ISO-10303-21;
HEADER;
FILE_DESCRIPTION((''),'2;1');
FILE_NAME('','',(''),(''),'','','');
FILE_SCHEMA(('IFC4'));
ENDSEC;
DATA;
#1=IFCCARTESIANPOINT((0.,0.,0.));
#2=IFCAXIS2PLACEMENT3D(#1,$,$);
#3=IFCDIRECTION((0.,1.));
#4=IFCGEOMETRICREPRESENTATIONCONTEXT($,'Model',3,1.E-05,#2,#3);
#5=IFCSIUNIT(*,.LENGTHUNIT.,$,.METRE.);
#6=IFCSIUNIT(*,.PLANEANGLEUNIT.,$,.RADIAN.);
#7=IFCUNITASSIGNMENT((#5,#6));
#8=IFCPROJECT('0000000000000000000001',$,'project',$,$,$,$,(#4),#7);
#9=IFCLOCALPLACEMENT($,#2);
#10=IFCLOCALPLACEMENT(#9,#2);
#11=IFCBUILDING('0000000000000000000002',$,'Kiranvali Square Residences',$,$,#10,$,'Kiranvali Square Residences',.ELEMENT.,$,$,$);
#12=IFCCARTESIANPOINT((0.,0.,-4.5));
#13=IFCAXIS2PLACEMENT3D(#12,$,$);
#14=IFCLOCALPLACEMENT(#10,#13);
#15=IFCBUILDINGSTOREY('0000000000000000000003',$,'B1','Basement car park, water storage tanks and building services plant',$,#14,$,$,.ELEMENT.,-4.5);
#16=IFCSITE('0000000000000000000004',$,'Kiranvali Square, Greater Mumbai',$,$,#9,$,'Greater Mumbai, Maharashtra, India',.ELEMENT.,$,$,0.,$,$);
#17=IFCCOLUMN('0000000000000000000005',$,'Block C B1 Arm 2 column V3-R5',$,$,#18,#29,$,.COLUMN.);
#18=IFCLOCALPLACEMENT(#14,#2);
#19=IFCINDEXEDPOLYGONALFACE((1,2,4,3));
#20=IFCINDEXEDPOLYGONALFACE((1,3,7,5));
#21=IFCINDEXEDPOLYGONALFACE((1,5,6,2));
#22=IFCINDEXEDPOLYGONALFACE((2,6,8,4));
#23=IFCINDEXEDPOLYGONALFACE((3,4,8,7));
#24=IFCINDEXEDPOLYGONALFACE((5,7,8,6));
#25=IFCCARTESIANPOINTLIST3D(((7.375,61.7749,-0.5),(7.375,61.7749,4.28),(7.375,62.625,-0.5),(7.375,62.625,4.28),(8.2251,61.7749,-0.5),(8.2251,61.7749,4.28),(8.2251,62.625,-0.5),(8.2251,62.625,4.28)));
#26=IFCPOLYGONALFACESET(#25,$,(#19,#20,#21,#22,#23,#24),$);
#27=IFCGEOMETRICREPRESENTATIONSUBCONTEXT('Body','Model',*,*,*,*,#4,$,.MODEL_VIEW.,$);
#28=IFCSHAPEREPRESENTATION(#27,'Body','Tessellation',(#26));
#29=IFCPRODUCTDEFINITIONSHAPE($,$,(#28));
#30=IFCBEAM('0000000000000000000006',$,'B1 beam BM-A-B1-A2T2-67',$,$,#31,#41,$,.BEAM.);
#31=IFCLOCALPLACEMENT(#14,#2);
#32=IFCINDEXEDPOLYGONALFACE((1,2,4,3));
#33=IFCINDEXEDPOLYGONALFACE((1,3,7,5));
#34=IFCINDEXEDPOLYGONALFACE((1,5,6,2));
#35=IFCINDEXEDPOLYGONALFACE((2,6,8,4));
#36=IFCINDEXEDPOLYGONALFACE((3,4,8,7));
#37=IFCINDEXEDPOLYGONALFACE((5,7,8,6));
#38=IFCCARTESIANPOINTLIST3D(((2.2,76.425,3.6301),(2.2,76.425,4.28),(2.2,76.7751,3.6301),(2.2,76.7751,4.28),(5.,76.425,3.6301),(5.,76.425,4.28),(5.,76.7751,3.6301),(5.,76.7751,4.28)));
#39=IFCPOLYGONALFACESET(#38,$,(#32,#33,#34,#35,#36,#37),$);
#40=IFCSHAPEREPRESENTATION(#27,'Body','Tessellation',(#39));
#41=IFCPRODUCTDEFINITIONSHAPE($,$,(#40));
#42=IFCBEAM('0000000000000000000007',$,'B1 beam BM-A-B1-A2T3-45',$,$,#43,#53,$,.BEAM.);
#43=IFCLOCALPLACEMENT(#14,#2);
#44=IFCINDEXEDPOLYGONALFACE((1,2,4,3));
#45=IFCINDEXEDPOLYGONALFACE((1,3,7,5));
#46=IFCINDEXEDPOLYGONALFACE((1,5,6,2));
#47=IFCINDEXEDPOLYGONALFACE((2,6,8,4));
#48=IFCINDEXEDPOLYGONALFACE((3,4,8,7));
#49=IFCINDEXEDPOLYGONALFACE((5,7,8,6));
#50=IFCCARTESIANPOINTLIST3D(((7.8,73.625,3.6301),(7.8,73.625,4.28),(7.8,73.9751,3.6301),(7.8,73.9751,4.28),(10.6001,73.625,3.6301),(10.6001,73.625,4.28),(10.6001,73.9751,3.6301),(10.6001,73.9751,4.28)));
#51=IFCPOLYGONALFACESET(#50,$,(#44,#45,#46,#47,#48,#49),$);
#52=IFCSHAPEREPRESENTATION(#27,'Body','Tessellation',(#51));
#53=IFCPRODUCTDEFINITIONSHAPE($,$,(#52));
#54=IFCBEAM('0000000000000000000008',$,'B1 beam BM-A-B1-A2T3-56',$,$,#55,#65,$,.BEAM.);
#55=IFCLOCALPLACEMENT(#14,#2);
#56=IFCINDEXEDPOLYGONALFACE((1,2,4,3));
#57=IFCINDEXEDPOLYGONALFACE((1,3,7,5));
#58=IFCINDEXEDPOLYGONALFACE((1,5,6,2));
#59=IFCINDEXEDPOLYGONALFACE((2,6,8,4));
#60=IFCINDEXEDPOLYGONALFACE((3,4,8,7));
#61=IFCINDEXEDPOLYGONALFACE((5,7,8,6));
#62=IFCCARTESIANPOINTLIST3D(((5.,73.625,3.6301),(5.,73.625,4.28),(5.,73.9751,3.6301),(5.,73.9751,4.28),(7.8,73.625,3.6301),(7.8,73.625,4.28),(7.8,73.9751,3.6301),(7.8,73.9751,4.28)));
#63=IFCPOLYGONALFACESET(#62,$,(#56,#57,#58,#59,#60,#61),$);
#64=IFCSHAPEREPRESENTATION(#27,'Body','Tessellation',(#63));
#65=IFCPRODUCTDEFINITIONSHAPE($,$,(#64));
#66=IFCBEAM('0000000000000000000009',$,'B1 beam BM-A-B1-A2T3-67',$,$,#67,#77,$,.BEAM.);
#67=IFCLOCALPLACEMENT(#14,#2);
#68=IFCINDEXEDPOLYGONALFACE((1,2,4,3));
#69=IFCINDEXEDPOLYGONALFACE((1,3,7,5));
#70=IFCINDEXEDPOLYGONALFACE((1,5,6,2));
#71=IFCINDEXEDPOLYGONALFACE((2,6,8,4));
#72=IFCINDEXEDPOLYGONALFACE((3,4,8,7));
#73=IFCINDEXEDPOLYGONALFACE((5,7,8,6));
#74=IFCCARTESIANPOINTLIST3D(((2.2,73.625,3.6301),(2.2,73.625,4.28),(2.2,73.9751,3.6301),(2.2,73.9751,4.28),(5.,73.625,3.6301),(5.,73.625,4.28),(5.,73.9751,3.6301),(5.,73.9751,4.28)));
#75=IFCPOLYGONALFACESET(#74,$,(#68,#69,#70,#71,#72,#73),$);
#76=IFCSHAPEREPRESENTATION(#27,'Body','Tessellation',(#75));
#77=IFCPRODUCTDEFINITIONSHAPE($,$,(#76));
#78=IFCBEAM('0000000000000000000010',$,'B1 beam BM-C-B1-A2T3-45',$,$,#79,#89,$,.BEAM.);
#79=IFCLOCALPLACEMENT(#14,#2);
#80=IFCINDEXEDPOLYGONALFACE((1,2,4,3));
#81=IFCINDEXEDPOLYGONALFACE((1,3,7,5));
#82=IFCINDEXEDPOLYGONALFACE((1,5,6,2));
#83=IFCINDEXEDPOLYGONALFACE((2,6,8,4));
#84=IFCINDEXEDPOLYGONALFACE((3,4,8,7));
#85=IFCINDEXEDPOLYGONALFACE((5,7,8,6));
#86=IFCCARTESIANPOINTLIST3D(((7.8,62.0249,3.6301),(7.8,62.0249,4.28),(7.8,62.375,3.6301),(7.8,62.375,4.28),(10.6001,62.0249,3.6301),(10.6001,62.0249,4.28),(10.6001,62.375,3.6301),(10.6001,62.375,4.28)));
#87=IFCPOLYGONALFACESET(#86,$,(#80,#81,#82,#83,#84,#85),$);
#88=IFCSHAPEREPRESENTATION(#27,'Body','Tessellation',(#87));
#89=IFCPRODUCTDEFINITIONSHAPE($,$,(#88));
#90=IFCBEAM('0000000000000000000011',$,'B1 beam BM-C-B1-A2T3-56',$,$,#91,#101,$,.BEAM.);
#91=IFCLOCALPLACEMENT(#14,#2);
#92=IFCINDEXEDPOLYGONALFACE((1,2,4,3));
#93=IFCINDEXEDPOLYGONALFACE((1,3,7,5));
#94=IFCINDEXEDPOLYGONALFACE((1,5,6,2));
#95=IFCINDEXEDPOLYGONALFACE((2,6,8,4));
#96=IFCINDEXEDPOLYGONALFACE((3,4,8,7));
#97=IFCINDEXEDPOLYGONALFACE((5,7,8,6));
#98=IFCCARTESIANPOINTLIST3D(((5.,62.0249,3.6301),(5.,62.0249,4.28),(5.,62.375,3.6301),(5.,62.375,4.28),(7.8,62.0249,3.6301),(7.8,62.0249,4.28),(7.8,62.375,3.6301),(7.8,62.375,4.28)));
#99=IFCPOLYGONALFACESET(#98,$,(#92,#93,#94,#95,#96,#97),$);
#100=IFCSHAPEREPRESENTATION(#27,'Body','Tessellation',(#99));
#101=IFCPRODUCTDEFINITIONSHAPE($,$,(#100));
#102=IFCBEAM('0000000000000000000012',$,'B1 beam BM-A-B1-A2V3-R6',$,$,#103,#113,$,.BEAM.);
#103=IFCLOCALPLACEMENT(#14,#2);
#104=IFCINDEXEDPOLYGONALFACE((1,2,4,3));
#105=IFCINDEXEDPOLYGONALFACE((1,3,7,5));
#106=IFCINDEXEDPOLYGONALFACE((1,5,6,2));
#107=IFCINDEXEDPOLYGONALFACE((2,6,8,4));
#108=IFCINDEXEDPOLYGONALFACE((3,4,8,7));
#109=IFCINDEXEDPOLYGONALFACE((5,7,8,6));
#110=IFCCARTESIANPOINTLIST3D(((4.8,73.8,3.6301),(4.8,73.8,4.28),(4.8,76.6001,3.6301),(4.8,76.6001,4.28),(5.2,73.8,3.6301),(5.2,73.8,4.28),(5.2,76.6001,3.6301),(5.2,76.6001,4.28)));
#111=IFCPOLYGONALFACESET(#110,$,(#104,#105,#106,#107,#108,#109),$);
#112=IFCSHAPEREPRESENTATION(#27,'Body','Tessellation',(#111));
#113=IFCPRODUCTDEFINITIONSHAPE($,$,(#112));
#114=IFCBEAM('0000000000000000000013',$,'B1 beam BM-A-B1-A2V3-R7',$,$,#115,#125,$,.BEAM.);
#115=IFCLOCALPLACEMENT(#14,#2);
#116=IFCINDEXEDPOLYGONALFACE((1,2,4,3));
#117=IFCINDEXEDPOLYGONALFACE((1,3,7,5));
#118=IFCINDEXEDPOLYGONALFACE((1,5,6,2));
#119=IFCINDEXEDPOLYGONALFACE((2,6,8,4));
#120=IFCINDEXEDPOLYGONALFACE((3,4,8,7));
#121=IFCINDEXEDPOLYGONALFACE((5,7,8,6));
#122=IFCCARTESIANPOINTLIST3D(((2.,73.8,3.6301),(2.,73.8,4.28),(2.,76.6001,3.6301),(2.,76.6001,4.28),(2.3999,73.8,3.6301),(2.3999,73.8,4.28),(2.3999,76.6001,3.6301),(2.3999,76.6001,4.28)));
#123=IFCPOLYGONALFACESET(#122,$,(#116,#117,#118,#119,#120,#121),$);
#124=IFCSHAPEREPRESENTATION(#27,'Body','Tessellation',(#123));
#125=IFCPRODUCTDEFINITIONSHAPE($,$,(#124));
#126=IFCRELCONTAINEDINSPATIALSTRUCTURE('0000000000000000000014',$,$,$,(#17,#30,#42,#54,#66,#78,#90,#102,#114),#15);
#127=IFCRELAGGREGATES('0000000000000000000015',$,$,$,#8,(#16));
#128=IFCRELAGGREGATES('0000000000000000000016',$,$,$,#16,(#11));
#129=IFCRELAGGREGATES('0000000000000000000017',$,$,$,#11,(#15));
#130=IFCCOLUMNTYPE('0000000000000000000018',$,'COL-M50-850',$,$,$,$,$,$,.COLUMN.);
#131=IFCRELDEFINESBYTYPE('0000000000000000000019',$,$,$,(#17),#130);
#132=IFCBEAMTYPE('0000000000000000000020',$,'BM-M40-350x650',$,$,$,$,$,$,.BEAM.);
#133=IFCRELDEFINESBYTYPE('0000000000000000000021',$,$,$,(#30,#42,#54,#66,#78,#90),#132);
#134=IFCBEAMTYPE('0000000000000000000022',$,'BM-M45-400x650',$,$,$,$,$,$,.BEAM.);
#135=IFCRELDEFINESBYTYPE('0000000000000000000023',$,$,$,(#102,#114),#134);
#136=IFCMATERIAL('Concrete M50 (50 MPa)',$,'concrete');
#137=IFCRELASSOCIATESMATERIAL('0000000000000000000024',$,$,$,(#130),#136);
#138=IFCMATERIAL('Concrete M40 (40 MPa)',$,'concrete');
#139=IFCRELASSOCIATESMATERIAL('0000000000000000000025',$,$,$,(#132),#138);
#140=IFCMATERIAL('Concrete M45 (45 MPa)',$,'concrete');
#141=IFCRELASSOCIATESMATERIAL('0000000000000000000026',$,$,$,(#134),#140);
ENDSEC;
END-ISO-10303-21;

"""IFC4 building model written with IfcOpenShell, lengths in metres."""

from ifc_helpers import new_model, si_unit, direction, frame, origin, origin_2d, place, context, subcontext, project, spatial, rectangle, extrude, material, material_profile, profile_set, type_object, element, save


model = new_model("IFC4")

# Units and contexts
model_context = context("Model", 3, precision=1e-05, world=origin(), true_north=direction((0.0, 1.0)))
body_context = subcontext(model_context, "Body", "Model", "MODEL_VIEW")
ifc_project = project(units=[si_unit("LENGTHUNIT", "METRE"), si_unit("PLANEANGLEUNIT", "RADIAN")], contexts=[model_context])

# Site, building, storey
site_placement = place(None, origin())
site = spatial("IfcSite", under=ifc_project, at=site_placement, Name="Kiranvali Square, Greater Mumbai", LongName="Greater Mumbai, Maharashtra, India", CompositionType="ELEMENT", RefElevation=0.0)
building_placement = place(site_placement, origin())
building = spatial("IfcBuilding", under=site, at=building_placement, Name="Kiranvali Square Residences", LongName="Kiranvali Square Residences", CompositionType="ELEMENT")
storey_placement = place(building_placement, frame((0.0, 0.0, -4.5)))
storey = spatial("IfcBuildingStorey", under=building, at=storey_placement, Name="B1", Description="Basement car park, water storage tanks and building services plant", CompositionType="ELEMENT", Elevation=-4.5)

# Shared definitions
ifc_material_1 = material(Name="Concrete M40 (40 MPa)", Category="concrete")

# Column
ifc_material_2 = material(Name="Concrete M45 (45 MPa)", Category="concrete")
ifc_material_3 = material(Name="Concrete M50 (50 MPa)", Category="concrete")
ifc_material_profile_1 = material_profile(ifc_material_3, rectangle(XDim=0.8501, YDim=0.8501, at=origin_2d()), Name="RC 850x850")
ifc_profile_set_1 = profile_set([ifc_material_profile_1], Name="Concrete M50 (50 MPa)")
column_type_1 = type_object("IfcColumnType", Name="COL-M50-850", PredefinedType="COLUMN", material=ifc_profile_set_1)
for number, where, z_axis, x_axis, name in (
    (1, (7.8, 62.2, -0.5), (0.0, 0.0, 1.0), (1.0, 0.0, 0.0), "Block C B1 Arm 2 column V3-R5"),
):
    element("IfcColumn", number, at=place(storey_placement, frame(where, z_axis=z_axis, x_axis=x_axis)), inside=storey, type_object=column_type_1, Name=name, PredefinedType="COLUMN", context=body_context, shape_type="SweptSolid", body=[
        extrude(rectangle(XDim=0.8501, YDim=0.8501, at=origin_2d()), origin(), (0.0, 0.0, 1.0), 4.78),
    ])

# Beams
ifc_material_profile_2 = material_profile(ifc_material_1, rectangle(XDim=0.3501, YDim=0.6499, at=origin_2d()), Name="RC 350x650")
ifc_profile_set_2 = profile_set([ifc_material_profile_2], Name="Concrete M40 (40 MPa)")
beam_type_1 = type_object("IfcBeamType", Name="BM-M40-350x650", PredefinedType="BEAM", material=ifc_profile_set_2)
for number, where, z_axis, x_axis, name in (
    (2, (5.0, 76.6001, 3.9551), (-1.0, 0.0, 0.0), (0.0, -1.0, 0.0), "B1 beam BM-A-B1-A2T2-67"),
    (3, (10.6001, 73.8, 3.9551), (-1.0, 0.0, 0.0), (0.0, -1.0, 0.0), "B1 beam BM-A-B1-A2T3-45"),
    (4, (7.8, 73.8, 3.9551), (-1.0, 0.0, 0.0), (0.0, -1.0, 0.0), "B1 beam BM-A-B1-A2T3-56"),
    (5, (5.0, 73.8, 3.9551), (-1.0, 0.0, 0.0), (0.0, -1.0, 0.0), "B1 beam BM-A-B1-A2T3-67"),
    (6, (10.6001, 62.2, 3.9551), (-1.0, 0.0, 0.0), (0.0, -1.0, 0.0), "B1 beam BM-C-B1-A2T3-45"),
    (7, (7.8, 62.2, 3.9551), (-1.0, 0.0, 0.0), (0.0, -1.0, 0.0), "B1 beam BM-C-B1-A2T3-56"),
):
    element("IfcBeam", number, at=place(storey_placement, frame(where, z_axis=z_axis, x_axis=x_axis)), inside=storey, type_object=beam_type_1, Name=name, PredefinedType="BEAM", context=body_context, shape_type="SweptSolid", body=[
        extrude(rectangle(XDim=0.3501, YDim=0.6499, at=origin_2d()), origin(), (0.0, 0.0, 1.0), 2.8),
    ])
ifc_material_profile_3 = material_profile(ifc_material_2, rectangle(XDim=0.3999, YDim=0.6499, at=origin_2d()), Name="RC 400x650")
ifc_profile_set_3 = profile_set([ifc_material_profile_3], Name="Concrete M45 (45 MPa)")
beam_type_2 = type_object("IfcBeamType", Name="BM-M45-400x650", PredefinedType="BEAM", material=ifc_profile_set_3)
for number, where, z_axis, x_axis, name in (
    (8, (5.0, 76.6001, 3.9551), (0.0, -1.0, 0.0), (1.0, 0.0, 0.0), "B1 beam BM-A-B1-A2V3-R6"),
    (9, (2.2, 76.6001, 3.9551), (0.0, -1.0, 0.0), (1.0, 0.0, 0.0), "B1 beam BM-A-B1-A2V3-R7"),
):
    element("IfcBeam", number, at=place(storey_placement, frame(where, z_axis=z_axis, x_axis=x_axis)), inside=storey, type_object=beam_type_2, Name=name, PredefinedType="BEAM", context=body_context, shape_type="SweptSolid", body=[
        extrude(rectangle(XDim=0.3999, YDim=0.6499, at=origin_2d()), origin(), (0.0, 0.0, 1.0), 2.8),
    ])

save(model, "model.ifc")
